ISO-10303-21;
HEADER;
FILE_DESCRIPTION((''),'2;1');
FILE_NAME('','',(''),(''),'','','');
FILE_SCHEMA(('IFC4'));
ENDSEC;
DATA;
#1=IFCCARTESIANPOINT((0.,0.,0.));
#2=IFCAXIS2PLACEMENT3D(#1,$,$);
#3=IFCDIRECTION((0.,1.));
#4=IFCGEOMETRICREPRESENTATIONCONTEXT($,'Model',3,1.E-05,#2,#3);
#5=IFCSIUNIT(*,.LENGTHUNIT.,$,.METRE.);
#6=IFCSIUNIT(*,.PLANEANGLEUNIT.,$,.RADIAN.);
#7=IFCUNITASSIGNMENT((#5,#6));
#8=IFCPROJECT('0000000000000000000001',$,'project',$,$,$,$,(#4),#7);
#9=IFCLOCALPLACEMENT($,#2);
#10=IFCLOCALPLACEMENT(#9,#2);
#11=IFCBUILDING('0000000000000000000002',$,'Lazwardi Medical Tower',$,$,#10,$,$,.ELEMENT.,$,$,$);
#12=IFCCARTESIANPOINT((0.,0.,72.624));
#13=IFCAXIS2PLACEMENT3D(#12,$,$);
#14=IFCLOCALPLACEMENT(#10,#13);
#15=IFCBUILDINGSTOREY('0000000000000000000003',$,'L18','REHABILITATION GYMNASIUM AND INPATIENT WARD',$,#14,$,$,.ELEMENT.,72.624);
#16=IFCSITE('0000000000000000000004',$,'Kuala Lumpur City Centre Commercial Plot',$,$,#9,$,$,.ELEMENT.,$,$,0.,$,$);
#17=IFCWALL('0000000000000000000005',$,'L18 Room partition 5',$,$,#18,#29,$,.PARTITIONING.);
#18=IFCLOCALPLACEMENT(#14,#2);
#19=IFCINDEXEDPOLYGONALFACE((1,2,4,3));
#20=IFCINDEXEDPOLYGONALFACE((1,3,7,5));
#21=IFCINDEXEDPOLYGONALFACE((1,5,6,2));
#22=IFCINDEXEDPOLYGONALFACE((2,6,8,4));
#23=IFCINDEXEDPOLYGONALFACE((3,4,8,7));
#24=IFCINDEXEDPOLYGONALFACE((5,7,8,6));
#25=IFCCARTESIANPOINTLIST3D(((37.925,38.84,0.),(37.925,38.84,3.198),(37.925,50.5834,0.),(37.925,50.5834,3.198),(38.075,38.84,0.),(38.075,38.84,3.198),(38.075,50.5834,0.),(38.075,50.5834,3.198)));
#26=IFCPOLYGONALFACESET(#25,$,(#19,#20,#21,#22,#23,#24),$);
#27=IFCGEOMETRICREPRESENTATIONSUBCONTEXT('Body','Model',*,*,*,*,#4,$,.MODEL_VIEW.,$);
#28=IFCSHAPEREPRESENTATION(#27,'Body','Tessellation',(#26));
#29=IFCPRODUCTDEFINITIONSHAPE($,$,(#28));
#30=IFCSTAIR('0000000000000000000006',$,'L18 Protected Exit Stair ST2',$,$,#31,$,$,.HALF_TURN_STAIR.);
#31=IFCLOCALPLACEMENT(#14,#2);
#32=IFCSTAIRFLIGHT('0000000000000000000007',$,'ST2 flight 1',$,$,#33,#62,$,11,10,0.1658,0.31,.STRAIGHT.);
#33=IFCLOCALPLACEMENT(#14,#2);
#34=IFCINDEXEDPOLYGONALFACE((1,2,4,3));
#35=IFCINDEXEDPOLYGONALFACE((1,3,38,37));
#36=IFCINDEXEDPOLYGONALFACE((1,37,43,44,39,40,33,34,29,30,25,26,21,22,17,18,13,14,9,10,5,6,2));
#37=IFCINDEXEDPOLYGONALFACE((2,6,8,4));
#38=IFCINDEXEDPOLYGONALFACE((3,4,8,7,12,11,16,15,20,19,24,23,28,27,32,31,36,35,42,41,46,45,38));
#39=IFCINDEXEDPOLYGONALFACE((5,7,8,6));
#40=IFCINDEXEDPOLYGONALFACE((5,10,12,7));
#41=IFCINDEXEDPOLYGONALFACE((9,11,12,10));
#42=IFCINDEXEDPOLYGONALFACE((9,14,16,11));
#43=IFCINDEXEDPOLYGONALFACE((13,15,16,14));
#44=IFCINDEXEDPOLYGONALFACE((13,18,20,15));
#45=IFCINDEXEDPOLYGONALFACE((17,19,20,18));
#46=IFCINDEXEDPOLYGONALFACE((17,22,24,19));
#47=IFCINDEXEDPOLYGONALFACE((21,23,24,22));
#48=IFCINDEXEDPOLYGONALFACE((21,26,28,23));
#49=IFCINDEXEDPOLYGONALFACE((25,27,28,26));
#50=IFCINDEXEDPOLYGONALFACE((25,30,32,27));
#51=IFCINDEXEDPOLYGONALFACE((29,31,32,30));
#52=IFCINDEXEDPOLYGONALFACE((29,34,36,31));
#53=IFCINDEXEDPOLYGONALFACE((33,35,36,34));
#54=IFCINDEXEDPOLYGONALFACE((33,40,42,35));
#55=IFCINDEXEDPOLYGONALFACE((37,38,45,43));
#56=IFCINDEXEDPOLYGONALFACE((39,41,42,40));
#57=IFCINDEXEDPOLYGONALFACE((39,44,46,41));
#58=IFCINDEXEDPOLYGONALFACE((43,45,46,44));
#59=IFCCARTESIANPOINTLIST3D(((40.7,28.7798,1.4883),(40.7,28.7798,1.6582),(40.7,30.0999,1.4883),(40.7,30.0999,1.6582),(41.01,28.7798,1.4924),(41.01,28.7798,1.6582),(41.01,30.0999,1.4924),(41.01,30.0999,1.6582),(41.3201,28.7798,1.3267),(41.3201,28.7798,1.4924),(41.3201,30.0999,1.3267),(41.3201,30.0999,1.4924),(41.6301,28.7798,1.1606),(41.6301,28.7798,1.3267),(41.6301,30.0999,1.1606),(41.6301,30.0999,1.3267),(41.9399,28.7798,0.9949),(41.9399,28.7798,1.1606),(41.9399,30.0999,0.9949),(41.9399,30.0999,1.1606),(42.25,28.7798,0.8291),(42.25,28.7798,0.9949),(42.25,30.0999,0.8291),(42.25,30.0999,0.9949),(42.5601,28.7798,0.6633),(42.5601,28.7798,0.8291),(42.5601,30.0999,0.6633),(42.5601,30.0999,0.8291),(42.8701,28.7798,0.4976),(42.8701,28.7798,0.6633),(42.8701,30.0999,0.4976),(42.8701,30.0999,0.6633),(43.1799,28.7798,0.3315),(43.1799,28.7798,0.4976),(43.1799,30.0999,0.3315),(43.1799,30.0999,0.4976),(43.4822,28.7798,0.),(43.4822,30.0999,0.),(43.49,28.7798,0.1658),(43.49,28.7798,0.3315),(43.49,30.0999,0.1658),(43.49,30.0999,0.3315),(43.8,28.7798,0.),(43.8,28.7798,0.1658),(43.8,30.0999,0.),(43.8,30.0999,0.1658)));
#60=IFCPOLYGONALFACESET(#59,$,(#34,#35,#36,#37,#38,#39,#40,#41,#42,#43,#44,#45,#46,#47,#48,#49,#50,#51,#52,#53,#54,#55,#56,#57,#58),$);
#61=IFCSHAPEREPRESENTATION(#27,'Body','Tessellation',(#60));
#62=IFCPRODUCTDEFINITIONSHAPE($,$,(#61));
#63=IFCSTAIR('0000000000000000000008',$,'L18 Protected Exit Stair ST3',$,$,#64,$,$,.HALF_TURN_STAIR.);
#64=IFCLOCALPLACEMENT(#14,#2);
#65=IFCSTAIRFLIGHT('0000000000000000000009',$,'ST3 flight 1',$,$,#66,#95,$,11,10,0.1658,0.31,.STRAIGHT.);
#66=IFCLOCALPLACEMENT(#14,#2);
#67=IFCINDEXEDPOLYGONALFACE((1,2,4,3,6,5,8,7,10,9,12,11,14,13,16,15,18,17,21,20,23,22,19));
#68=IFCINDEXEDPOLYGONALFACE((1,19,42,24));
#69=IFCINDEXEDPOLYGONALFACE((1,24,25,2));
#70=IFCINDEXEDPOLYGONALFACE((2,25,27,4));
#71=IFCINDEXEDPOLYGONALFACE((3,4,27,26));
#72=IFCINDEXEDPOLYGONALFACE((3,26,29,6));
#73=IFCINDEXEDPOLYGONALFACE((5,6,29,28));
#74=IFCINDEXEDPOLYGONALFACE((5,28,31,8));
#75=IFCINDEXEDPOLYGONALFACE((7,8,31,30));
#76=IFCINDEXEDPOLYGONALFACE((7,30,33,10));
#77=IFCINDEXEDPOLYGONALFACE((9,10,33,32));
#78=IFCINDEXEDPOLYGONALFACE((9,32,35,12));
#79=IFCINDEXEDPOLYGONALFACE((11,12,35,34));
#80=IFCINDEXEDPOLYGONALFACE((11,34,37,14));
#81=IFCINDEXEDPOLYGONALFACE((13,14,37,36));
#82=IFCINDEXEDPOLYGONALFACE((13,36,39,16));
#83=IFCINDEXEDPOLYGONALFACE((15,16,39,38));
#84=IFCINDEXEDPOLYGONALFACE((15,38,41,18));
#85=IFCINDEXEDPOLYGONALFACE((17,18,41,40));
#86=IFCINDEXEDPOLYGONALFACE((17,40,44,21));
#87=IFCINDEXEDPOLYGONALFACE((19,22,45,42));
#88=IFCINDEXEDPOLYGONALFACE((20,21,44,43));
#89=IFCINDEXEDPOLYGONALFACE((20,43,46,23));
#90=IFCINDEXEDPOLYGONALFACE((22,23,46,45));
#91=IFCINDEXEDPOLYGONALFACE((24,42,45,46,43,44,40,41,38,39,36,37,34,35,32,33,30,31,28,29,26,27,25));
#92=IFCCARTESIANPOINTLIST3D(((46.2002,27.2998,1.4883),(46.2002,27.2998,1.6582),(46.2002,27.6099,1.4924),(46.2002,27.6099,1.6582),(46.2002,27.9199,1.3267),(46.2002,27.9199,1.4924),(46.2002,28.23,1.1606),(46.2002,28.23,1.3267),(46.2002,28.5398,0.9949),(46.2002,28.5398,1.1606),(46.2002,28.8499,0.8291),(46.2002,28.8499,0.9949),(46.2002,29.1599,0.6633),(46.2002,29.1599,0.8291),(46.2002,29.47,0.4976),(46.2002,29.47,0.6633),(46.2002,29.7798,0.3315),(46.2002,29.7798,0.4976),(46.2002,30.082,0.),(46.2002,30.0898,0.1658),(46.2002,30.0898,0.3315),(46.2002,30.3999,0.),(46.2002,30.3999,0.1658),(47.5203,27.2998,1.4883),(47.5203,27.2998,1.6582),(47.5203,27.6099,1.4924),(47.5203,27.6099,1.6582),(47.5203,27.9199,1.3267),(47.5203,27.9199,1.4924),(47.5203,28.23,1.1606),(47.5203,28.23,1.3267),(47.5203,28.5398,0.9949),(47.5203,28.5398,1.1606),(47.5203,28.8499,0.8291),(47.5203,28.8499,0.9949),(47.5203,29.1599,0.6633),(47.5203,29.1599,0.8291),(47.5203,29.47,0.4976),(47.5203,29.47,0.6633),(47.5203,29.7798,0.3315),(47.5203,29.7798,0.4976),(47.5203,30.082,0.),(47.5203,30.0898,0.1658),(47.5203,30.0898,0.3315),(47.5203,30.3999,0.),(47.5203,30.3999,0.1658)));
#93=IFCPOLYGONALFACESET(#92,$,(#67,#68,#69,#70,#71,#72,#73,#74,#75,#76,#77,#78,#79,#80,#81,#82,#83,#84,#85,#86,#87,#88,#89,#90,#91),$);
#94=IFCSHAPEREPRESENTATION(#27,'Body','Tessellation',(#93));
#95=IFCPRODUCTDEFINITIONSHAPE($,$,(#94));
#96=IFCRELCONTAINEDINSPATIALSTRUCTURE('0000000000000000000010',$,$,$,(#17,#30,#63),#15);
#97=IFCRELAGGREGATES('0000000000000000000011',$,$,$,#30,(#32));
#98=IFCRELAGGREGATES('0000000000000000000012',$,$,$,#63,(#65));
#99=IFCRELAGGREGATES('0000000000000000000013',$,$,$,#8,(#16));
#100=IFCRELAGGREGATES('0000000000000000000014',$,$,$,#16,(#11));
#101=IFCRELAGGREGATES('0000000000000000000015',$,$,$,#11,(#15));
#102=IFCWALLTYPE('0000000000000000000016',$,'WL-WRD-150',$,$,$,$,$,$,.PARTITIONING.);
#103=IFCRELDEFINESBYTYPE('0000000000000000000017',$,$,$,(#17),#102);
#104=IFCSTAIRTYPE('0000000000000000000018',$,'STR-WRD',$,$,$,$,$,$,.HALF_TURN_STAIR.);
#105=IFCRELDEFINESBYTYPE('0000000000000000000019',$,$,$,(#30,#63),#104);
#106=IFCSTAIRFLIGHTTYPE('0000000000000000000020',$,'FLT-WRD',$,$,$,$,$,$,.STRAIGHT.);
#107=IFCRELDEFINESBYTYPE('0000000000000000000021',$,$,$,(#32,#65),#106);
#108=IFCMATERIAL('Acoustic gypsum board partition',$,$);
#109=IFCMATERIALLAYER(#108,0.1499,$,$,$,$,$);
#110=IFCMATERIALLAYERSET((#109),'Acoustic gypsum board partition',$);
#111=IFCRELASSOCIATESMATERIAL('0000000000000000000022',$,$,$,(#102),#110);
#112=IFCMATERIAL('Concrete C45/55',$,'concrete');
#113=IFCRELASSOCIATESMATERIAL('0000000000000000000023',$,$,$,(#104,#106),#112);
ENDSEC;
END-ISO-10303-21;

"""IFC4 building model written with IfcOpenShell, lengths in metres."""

from ifc_helpers import new_model, si_unit, direction, frame, frame_2d, origin, place, context, subcontext, project, spatial, polyline, rectangle, outline, extrude, material, layer, layer_set, type_object, element, aggregate, save


model = new_model("IFC4")

# Units and contexts
model_context = context("Model", 3, precision=1e-05, world=origin(), true_north=direction((0.0, 1.0)))
body_context = subcontext(model_context, "Body", "Model", "MODEL_VIEW")
ifc_project = project(units=[si_unit("LENGTHUNIT", "METRE"), si_unit("PLANEANGLEUNIT", "RADIAN")], contexts=[model_context])

# Site, building, storey
site_placement = place(None, origin())
site = spatial("IfcSite", under=ifc_project, at=site_placement, Name="Kuala Lumpur City Centre Commercial Plot", CompositionType="ELEMENT", RefElevation=0.0)
building_placement = place(site_placement, origin())
building = spatial("IfcBuilding", under=site, at=building_placement, Name="Lazwardi Medical Tower", CompositionType="ELEMENT")
storey_placement = place(building_placement, frame((0.0, 0.0, 72.624)))
storey = spatial("IfcBuildingStorey", under=building, at=storey_placement, Name="L18", Description="REHABILITATION GYMNASIUM AND INPATIENT WARD", CompositionType="ELEMENT", Elevation=72.624)

# Wall
ifc_material_1 = material(Name="Acoustic gypsum board partition")
ifc_layer_1 = layer(ifc_material_1, 0.1499)
ifc_layer_set_1 = layer_set([ifc_layer_1], Name="Acoustic gypsum board partition")
wall_type_1 = type_object("IfcWallType", Name="WL-WRD-150", PredefinedType="PARTITIONING", material=ifc_layer_set_1)
wall_1_placement = place(storey_placement, frame((38.0, 38.8401, 0.0), z_axis=(0.0, 0.0, 1.0), x_axis=(0.0, 1.0, 0.0)))
element("IfcWall", 1, at=wall_1_placement, inside=storey, type_object=wall_type_1, Name="L18 Room partition 5", PredefinedType="PARTITIONING", context=body_context, shape_type="SweptSolid", body=[
    extrude(rectangle(XDim=11.7434, YDim=0.1499, at=frame_2d((5.8716, 0.0))), origin(), (0.0, 0.0, 1.0), 3.198),
])

# Stairs, stair flights
ifc_material_2 = material(Name="Concrete C45/55", Category="concrete")
stair_type = type_object("IfcStairType", Name="STR-WRD", PredefinedType="HALF_TURN_STAIR", material=ifc_material_2)
stair_1_placement = place(storey_placement, origin())
stair_1 = element("IfcStair", 2, at=stair_1_placement, inside=storey, type_object=stair_type, Name="L18 Protected Exit Stair ST2", PredefinedType="HALF_TURN_STAIR")
stair_flight_type = type_object("IfcStairFlightType", Name="FLT-WRD", PredefinedType="STRAIGHT", material=ifc_material_2)
stair_flight_1_placement = place(storey_placement, frame((43.8, 29.4399, 0.0), z_axis=(0.0, 0.0, 1.0), x_axis=(-1.0, 0.0, 0.0)))
stair_flight_1 = element("IfcStairFlight", 3, at=stair_flight_1_placement, type_object=stair_flight_type, Name="ST2 flight 1", NumberOfRisers=11, NumberOfTreads=10, PredefinedType="STRAIGHT", RiserHeight=0.1658, TreadLength=0.31, context=body_context, shape_type="SweptSolid", body=[
    extrude(outline(polyline([(0.0, 0.0), (0.0, 0.1658), (0.3101, 0.1658), (0.3101, 0.3315), (0.6201, 0.3315), (0.6201, 0.4976), (0.9299, 0.4976), (0.9299, 0.6633), (1.24, 0.6633), (1.24, 0.8291), (1.55, 0.8291), (1.55, 0.9949), (1.8601, 0.9949), (1.8601, 1.1606), (2.1699, 1.1606), (2.1699, 1.3267), (2.48, 1.3267), (2.48, 1.4924), (2.79, 1.4924), (2.79, 1.6582), (3.1001, 1.6582), (3.1001, 1.824), (3.1001, 1.4883), (0.3179, 0.0), (0.0, 0.0)])), frame((0.0, 0.6602, 0.0), z_axis=(0.0, -1.0, 0.0), x_axis=(1.0, 0.0, 0.0)), (0.0, 0.0, 1.0), 1.3201),
])
aggregate(stair_1, [stair_flight_1])
stair_2_placement = place(storey_placement, origin())
stair_2 = element("IfcStair", 4, at=stair_2_placement, inside=storey, type_object=stair_type, Name="L18 Protected Exit Stair ST3", PredefinedType="HALF_TURN_STAIR")
stair_flight_2_placement = place(storey_placement, frame((46.8601, 30.3999, 0.0), z_axis=(0.0, 0.0, 1.0), x_axis=(0.0, -1.0, 0.0)))
stair_flight_2 = element("IfcStairFlight", 5, at=stair_flight_2_placement, type_object=stair_flight_type, Name="ST3 flight 1", NumberOfRisers=11, NumberOfTreads=10, PredefinedType="STRAIGHT", RiserHeight=0.1658, TreadLength=0.31, context=body_context, shape_type="SweptSolid", body=[
    extrude(outline(polyline([(0.0, 0.0), (0.0, 0.1658), (0.3101, 0.1658), (0.3101, 0.3315), (0.6201, 0.3315), (0.6201, 0.4976), (0.9299, 0.4976), (0.9299, 0.6633), (1.24, 0.6633), (1.24, 0.8291), (1.55, 0.8291), (1.55, 0.9949), (1.8601, 0.9949), (1.8601, 1.1606), (2.1699, 1.1606), (2.1699, 1.3267), (2.48, 1.3267), (2.48, 1.4924), (2.79, 1.4924), (2.79, 1.6582), (3.1001, 1.6582), (3.1001, 1.824), (3.1001, 1.4883), (0.3179, 0.0), (0.0, 0.0)])), frame((0.0, 0.6602, 0.0), z_axis=(0.0, -1.0, 0.0), x_axis=(1.0, 0.0, 0.0)), (0.0, 0.0, 1.0), 1.3201),
])
aggregate(stair_2, [stair_flight_2])

save(model, "model.ifc")
